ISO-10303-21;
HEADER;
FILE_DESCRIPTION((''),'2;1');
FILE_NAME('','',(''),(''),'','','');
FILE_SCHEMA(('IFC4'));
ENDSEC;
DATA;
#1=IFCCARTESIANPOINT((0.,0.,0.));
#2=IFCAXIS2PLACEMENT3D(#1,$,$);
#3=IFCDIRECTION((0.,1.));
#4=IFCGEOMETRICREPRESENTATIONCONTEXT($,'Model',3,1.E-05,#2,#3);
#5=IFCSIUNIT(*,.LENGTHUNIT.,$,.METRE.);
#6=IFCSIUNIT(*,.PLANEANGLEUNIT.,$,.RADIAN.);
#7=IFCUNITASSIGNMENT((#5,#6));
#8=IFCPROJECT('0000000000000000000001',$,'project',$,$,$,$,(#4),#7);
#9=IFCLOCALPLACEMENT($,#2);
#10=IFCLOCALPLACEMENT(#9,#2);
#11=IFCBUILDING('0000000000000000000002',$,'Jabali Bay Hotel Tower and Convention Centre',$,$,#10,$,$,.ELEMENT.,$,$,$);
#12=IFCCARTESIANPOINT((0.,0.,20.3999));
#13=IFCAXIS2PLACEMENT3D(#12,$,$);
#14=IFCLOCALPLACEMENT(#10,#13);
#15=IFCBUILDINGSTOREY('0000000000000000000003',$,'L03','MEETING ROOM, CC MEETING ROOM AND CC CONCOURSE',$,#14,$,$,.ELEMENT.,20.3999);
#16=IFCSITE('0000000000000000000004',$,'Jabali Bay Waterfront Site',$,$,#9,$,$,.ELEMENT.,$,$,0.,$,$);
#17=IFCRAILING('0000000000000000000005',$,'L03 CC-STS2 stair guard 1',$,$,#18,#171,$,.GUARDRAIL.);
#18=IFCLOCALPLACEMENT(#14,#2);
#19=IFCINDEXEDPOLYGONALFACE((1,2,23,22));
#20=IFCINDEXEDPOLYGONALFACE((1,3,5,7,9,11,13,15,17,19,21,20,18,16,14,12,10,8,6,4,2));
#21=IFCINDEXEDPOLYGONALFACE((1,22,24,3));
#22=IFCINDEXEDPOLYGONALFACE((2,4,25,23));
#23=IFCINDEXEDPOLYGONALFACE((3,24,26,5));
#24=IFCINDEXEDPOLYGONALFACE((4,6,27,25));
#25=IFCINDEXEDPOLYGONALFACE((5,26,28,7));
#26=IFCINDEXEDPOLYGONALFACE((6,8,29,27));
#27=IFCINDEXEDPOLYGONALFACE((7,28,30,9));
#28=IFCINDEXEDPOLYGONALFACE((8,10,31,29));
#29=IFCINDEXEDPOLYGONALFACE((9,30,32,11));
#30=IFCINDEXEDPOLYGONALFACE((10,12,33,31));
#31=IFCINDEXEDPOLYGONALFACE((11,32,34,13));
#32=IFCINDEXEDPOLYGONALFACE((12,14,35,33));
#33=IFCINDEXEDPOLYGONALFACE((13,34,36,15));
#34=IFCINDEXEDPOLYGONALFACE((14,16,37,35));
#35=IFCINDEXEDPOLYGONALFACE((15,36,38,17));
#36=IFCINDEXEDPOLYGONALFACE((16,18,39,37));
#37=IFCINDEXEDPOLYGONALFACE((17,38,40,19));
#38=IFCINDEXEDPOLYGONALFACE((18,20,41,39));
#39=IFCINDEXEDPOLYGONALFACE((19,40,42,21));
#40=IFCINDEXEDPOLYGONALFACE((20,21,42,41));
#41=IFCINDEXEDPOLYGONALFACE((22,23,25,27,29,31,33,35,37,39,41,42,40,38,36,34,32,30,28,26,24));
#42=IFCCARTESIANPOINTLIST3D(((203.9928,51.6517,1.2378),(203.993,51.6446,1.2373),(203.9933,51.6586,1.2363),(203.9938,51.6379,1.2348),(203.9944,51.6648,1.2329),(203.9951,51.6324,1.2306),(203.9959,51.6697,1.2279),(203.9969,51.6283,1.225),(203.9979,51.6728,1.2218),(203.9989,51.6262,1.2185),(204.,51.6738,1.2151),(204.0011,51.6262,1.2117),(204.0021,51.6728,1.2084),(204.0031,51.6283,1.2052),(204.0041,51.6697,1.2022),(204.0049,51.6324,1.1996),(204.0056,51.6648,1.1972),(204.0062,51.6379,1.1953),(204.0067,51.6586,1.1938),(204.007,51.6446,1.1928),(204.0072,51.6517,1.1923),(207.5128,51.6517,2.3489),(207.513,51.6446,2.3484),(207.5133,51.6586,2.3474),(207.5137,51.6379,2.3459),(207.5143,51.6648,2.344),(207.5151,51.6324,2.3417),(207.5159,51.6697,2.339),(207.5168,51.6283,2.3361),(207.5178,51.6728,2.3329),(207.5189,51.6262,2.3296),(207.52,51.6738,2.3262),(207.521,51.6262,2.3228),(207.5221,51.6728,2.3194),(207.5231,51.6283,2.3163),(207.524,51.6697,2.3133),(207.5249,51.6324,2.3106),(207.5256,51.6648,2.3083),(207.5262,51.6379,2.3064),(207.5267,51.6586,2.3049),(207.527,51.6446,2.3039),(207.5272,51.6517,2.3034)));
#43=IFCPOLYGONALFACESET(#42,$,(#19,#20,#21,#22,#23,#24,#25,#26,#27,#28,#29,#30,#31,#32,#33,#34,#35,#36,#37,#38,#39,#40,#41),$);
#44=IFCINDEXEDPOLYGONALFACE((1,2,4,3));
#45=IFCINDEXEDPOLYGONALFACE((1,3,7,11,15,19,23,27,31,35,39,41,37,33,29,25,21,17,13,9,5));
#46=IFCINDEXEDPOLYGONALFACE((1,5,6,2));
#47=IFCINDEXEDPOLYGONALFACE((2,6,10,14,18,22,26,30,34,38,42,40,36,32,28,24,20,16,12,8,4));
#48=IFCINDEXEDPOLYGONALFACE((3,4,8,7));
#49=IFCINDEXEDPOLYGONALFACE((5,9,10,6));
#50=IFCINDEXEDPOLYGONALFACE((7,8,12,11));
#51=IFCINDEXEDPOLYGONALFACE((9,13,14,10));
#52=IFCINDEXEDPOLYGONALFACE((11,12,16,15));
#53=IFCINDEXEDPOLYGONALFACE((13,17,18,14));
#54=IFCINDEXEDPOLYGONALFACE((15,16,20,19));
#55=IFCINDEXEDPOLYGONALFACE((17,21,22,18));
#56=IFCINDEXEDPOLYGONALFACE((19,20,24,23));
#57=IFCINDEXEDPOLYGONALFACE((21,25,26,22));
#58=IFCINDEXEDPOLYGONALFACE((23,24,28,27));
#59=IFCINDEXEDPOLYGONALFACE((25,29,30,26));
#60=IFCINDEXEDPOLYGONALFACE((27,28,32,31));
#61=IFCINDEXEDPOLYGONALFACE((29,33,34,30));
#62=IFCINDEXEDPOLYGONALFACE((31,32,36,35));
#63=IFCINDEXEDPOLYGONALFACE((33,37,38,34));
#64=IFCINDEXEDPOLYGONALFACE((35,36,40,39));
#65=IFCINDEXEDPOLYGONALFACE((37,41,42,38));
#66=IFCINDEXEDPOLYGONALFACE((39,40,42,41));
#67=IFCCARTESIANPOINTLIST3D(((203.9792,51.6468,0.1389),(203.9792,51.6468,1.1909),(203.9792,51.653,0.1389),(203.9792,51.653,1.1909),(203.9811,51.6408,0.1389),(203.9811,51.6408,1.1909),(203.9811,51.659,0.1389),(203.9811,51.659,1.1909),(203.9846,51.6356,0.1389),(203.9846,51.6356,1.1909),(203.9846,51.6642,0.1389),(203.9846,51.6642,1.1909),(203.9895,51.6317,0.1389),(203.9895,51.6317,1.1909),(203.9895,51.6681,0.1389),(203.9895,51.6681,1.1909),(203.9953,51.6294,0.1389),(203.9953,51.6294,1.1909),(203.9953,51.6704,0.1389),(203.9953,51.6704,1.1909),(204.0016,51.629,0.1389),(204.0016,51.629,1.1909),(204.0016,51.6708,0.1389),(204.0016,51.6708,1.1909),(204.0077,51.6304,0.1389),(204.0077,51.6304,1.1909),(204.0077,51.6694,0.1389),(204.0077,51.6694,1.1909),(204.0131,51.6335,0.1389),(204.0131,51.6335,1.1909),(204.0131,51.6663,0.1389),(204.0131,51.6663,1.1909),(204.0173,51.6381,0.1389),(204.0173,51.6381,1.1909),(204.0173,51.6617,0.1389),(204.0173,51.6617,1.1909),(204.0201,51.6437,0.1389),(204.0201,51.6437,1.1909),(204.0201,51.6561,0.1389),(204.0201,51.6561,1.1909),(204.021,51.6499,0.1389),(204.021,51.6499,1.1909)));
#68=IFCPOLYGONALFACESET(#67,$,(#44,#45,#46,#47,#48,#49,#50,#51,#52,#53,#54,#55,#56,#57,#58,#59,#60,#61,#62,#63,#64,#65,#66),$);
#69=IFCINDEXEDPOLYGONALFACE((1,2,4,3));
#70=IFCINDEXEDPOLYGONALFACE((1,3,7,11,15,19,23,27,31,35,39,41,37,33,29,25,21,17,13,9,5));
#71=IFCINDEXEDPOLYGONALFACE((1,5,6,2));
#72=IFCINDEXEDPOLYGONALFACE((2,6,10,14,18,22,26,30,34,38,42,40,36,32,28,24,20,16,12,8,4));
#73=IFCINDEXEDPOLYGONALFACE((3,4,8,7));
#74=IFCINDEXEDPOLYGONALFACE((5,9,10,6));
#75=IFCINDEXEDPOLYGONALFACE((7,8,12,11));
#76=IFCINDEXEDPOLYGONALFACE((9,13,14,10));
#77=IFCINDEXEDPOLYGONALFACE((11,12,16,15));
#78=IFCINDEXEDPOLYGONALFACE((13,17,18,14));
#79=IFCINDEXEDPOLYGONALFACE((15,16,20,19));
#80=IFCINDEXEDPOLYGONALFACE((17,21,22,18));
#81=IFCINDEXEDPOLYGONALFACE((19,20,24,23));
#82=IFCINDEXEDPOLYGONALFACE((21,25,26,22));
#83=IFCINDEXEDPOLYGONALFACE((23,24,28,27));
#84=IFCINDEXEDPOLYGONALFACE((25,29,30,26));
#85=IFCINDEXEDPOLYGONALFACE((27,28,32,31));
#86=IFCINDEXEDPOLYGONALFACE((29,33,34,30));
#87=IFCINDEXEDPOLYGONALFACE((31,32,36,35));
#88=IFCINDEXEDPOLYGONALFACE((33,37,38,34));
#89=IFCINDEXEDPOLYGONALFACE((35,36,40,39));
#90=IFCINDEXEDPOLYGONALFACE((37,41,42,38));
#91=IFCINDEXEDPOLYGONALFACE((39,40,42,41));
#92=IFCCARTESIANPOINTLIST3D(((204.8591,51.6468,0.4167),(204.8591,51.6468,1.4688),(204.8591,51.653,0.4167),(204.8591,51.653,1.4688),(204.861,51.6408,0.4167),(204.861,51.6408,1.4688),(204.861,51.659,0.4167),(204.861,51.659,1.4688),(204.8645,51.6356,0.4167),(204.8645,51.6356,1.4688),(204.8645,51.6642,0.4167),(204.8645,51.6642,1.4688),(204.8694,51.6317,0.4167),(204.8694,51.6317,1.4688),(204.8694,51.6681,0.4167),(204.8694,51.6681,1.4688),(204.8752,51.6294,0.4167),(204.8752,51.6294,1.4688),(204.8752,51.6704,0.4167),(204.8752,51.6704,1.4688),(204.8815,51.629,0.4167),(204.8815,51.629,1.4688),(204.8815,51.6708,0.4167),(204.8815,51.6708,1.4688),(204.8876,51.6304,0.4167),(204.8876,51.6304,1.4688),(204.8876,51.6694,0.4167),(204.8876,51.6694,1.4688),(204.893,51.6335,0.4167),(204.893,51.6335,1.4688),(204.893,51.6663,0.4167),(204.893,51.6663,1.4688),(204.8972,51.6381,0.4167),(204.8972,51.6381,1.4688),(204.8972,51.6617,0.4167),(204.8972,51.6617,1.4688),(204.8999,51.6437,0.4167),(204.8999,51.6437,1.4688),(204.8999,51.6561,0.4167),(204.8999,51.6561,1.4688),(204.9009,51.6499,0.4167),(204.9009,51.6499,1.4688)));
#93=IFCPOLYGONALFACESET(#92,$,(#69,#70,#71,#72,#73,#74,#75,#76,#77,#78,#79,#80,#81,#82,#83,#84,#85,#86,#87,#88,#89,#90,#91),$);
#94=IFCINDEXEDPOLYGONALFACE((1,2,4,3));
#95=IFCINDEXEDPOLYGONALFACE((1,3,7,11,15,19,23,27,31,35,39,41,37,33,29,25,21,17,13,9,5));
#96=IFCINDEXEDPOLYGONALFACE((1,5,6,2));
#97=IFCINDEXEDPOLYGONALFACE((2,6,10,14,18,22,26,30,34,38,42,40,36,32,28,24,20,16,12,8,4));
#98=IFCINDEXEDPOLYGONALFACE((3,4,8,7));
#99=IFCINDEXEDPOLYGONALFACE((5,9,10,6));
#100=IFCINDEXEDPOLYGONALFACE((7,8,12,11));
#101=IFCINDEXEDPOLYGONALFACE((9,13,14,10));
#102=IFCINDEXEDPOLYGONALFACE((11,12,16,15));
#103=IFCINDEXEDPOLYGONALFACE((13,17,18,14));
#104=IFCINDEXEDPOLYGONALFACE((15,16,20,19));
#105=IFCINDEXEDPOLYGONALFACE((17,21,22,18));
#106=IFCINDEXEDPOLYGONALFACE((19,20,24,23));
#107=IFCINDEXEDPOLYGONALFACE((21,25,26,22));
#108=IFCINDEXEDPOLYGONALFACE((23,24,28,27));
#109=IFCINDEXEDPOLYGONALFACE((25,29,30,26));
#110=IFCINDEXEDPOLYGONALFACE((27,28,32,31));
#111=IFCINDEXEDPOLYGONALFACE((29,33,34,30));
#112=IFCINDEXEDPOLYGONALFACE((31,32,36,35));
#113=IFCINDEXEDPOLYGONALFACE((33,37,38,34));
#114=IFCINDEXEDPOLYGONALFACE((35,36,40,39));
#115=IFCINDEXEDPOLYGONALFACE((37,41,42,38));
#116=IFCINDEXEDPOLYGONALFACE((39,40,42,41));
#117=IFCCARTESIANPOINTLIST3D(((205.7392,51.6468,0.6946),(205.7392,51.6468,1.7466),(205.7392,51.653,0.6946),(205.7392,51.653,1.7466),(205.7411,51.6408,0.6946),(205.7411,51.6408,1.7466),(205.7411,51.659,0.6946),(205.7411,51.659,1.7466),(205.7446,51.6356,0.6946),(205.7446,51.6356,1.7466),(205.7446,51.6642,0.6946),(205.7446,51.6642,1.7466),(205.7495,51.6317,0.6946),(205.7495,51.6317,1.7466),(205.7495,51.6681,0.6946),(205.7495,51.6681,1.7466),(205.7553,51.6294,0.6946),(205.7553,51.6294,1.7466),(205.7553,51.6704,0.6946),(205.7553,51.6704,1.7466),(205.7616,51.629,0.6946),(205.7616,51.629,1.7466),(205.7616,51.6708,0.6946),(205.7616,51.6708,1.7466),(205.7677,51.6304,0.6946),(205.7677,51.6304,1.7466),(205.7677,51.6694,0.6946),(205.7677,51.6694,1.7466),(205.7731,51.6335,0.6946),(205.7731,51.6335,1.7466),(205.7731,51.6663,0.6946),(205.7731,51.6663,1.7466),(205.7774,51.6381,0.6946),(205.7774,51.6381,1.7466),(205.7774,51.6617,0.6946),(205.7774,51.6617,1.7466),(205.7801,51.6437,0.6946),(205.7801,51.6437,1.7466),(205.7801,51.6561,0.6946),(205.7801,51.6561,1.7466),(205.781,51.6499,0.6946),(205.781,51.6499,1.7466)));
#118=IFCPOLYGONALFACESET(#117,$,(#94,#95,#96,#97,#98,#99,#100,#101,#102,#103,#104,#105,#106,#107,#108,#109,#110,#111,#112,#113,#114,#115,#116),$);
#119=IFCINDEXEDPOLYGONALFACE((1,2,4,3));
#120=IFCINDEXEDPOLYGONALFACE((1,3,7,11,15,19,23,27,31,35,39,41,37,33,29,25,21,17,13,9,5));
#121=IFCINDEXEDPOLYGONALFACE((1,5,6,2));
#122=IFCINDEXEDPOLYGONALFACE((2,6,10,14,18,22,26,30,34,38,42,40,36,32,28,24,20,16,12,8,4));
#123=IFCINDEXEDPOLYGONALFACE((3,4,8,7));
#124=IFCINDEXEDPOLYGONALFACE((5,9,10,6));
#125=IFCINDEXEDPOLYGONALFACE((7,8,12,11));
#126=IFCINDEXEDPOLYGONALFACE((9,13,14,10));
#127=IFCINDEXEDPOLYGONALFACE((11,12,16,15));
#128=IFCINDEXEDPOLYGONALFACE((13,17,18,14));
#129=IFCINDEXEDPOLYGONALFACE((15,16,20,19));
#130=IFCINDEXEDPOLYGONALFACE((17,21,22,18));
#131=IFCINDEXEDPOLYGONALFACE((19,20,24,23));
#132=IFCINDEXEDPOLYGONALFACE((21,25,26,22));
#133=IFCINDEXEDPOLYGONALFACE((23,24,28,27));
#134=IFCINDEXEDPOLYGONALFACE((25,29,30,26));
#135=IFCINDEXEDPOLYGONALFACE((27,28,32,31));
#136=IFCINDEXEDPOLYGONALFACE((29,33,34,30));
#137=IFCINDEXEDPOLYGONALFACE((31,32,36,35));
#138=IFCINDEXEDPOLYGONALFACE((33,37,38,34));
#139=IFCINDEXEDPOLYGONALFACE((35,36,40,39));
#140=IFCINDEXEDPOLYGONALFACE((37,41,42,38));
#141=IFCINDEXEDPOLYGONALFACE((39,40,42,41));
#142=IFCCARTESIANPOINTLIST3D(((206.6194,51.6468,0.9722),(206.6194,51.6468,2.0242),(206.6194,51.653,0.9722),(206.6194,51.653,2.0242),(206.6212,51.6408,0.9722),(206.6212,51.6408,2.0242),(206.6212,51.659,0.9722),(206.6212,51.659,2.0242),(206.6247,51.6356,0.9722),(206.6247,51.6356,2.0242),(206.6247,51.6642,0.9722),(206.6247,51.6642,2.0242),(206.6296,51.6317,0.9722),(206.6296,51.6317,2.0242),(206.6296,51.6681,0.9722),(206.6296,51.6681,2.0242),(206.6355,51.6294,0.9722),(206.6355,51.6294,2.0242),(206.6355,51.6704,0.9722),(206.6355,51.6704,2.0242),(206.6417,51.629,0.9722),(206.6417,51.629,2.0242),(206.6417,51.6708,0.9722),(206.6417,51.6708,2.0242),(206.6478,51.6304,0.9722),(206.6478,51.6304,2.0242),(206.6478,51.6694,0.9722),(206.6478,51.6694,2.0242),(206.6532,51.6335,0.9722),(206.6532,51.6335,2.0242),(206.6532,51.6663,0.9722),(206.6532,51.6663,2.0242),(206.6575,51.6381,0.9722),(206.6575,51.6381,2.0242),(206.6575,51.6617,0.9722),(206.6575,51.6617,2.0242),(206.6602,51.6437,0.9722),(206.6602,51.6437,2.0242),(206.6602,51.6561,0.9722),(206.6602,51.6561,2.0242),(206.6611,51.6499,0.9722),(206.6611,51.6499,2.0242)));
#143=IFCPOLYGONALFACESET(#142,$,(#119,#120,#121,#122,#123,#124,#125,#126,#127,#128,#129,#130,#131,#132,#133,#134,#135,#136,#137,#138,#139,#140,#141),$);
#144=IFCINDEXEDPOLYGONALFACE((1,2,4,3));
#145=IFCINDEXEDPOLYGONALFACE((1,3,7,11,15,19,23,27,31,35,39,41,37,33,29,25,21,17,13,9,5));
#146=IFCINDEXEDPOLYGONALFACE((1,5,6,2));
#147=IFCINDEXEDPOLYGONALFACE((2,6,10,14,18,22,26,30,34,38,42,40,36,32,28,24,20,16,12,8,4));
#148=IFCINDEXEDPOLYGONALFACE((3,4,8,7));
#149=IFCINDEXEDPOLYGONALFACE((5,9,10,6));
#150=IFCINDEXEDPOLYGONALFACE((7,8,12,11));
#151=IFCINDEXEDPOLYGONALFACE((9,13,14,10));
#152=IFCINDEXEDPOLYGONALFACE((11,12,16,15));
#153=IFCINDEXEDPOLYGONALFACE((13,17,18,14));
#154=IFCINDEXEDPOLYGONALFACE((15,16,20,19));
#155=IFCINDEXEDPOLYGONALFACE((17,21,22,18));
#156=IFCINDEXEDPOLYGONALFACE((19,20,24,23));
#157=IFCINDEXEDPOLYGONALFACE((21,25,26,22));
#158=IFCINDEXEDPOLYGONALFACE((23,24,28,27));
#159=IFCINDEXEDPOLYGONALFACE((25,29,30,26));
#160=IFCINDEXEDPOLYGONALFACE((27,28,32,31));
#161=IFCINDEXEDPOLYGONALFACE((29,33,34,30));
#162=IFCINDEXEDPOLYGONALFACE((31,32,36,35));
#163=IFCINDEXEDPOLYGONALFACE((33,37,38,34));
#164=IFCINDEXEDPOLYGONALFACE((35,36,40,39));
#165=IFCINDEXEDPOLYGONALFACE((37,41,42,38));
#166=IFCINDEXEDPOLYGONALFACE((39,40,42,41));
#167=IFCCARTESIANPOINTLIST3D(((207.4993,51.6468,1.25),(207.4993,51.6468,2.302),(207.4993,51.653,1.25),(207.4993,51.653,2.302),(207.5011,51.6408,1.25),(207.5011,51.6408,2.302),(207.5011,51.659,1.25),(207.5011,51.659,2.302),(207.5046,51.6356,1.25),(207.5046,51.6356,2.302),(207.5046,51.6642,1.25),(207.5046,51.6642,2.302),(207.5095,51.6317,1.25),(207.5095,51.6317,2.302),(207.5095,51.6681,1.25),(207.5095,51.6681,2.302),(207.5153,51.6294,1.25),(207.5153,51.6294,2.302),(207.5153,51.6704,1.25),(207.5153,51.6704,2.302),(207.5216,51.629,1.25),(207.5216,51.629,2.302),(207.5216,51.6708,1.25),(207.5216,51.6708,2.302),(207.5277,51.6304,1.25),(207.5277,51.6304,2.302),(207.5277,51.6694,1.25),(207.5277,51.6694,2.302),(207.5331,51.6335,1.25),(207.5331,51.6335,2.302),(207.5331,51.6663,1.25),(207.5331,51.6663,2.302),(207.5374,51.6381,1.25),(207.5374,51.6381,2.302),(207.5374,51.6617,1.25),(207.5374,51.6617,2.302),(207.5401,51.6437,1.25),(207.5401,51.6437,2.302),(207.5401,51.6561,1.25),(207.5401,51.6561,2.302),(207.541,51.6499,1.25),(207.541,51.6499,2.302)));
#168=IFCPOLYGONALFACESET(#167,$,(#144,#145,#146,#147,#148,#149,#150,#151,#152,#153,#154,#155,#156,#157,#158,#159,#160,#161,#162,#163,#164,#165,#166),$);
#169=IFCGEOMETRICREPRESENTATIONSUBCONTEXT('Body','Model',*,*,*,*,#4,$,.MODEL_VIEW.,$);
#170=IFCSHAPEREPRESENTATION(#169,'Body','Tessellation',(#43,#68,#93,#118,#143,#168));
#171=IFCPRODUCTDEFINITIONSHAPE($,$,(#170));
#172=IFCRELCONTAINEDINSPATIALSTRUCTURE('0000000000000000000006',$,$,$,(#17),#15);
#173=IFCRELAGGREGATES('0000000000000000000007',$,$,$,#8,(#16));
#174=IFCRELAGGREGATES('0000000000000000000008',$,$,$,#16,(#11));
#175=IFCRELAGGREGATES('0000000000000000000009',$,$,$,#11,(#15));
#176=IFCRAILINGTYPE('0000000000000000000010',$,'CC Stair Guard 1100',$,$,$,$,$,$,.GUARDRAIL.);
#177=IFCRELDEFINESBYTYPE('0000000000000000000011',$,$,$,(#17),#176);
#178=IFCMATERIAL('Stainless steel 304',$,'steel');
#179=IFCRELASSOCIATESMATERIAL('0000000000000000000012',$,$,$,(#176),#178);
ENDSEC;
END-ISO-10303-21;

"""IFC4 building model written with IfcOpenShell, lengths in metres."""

from ifc_helpers import new_model, si_unit, direction, frame, origin, origin_2d, place, context, subcontext, project, spatial, circle, extrude, material, type_object, element, save


model = new_model("IFC4")

# Units and contexts
model_context = context("Model", 3, precision=1e-05, world=origin(), true_north=direction((0.0, 1.0)))
body_context = subcontext(model_context, "Body", "Model", "MODEL_VIEW")
ifc_project = project(units=[si_unit("LENGTHUNIT", "METRE"), si_unit("PLANEANGLEUNIT", "RADIAN")], contexts=[model_context])

# Site, building, storey
site_placement = place(None, origin())
site = spatial("IfcSite", under=ifc_project, at=site_placement, Name="Jabali Bay Waterfront Site", CompositionType="ELEMENT", RefElevation=0.0)
building_placement = place(site_placement, origin())
building = spatial("IfcBuilding", under=site, at=building_placement, Name="Jabali Bay Hotel Tower and Convention Centre", CompositionType="ELEMENT")
storey_placement = place(building_placement, frame((0.0, 0.0, 20.3999)))
storey = spatial("IfcBuildingStorey", under=building, at=storey_placement, Name="L03", Description="MEETING ROOM, CC MEETING ROOM AND CC CONCOURSE", CompositionType="ELEMENT", Elevation=20.3999)

# Railing
ifc_material_1 = material(Name="Stainless steel 304", Category="steel")
railing_type_1 = type_object("IfcRailingType", Name="CC Stair Guard 1100", PredefinedType="GUARDRAIL", material=ifc_material_1)
railing_1_placement = place(storey_placement, frame((204.0, 51.6499, 0.1389)))
element("IfcRailing", 1, at=railing_1_placement, inside=storey, type_object=railing_type_1, Name="L03 CC-STS2 stair guard 1", PredefinedType="GUARDRAIL", context=body_context, shape_type="SweptSolid", body=[
    extrude(circle(Radius=0.0239, at=origin_2d()), frame((0.0, 0.0, 1.0762), z_axis=(0.953622, 0.0, 0.301008), x_axis=(0.0, 1.0, 0.0)), (0.0, 0.0, 1.0), 3.6912),
    extrude(circle(Radius=0.021, at=origin_2d()), origin(), (0.0, 0.0, 1.0), 1.052),
    extrude(circle(Radius=0.021, at=origin_2d()), frame((0.8799, 0.0, 0.2778)), (0.0, 0.0, 1.0), 1.052),
    extrude(circle(Radius=0.021, at=origin_2d()), frame((1.76, 0.0, 0.5557)), (0.0, 0.0, 1.0), 1.052),
    extrude(circle(Radius=0.021, at=origin_2d()), frame((2.6401, 0.0, 0.8333)), (0.0, 0.0, 1.0), 1.052),
    extrude(circle(Radius=0.021, at=origin_2d()), frame((3.52, 0.0, 1.1111)), (0.0, 0.0, 1.0), 1.052),
])

save(model, "model.ifc")
